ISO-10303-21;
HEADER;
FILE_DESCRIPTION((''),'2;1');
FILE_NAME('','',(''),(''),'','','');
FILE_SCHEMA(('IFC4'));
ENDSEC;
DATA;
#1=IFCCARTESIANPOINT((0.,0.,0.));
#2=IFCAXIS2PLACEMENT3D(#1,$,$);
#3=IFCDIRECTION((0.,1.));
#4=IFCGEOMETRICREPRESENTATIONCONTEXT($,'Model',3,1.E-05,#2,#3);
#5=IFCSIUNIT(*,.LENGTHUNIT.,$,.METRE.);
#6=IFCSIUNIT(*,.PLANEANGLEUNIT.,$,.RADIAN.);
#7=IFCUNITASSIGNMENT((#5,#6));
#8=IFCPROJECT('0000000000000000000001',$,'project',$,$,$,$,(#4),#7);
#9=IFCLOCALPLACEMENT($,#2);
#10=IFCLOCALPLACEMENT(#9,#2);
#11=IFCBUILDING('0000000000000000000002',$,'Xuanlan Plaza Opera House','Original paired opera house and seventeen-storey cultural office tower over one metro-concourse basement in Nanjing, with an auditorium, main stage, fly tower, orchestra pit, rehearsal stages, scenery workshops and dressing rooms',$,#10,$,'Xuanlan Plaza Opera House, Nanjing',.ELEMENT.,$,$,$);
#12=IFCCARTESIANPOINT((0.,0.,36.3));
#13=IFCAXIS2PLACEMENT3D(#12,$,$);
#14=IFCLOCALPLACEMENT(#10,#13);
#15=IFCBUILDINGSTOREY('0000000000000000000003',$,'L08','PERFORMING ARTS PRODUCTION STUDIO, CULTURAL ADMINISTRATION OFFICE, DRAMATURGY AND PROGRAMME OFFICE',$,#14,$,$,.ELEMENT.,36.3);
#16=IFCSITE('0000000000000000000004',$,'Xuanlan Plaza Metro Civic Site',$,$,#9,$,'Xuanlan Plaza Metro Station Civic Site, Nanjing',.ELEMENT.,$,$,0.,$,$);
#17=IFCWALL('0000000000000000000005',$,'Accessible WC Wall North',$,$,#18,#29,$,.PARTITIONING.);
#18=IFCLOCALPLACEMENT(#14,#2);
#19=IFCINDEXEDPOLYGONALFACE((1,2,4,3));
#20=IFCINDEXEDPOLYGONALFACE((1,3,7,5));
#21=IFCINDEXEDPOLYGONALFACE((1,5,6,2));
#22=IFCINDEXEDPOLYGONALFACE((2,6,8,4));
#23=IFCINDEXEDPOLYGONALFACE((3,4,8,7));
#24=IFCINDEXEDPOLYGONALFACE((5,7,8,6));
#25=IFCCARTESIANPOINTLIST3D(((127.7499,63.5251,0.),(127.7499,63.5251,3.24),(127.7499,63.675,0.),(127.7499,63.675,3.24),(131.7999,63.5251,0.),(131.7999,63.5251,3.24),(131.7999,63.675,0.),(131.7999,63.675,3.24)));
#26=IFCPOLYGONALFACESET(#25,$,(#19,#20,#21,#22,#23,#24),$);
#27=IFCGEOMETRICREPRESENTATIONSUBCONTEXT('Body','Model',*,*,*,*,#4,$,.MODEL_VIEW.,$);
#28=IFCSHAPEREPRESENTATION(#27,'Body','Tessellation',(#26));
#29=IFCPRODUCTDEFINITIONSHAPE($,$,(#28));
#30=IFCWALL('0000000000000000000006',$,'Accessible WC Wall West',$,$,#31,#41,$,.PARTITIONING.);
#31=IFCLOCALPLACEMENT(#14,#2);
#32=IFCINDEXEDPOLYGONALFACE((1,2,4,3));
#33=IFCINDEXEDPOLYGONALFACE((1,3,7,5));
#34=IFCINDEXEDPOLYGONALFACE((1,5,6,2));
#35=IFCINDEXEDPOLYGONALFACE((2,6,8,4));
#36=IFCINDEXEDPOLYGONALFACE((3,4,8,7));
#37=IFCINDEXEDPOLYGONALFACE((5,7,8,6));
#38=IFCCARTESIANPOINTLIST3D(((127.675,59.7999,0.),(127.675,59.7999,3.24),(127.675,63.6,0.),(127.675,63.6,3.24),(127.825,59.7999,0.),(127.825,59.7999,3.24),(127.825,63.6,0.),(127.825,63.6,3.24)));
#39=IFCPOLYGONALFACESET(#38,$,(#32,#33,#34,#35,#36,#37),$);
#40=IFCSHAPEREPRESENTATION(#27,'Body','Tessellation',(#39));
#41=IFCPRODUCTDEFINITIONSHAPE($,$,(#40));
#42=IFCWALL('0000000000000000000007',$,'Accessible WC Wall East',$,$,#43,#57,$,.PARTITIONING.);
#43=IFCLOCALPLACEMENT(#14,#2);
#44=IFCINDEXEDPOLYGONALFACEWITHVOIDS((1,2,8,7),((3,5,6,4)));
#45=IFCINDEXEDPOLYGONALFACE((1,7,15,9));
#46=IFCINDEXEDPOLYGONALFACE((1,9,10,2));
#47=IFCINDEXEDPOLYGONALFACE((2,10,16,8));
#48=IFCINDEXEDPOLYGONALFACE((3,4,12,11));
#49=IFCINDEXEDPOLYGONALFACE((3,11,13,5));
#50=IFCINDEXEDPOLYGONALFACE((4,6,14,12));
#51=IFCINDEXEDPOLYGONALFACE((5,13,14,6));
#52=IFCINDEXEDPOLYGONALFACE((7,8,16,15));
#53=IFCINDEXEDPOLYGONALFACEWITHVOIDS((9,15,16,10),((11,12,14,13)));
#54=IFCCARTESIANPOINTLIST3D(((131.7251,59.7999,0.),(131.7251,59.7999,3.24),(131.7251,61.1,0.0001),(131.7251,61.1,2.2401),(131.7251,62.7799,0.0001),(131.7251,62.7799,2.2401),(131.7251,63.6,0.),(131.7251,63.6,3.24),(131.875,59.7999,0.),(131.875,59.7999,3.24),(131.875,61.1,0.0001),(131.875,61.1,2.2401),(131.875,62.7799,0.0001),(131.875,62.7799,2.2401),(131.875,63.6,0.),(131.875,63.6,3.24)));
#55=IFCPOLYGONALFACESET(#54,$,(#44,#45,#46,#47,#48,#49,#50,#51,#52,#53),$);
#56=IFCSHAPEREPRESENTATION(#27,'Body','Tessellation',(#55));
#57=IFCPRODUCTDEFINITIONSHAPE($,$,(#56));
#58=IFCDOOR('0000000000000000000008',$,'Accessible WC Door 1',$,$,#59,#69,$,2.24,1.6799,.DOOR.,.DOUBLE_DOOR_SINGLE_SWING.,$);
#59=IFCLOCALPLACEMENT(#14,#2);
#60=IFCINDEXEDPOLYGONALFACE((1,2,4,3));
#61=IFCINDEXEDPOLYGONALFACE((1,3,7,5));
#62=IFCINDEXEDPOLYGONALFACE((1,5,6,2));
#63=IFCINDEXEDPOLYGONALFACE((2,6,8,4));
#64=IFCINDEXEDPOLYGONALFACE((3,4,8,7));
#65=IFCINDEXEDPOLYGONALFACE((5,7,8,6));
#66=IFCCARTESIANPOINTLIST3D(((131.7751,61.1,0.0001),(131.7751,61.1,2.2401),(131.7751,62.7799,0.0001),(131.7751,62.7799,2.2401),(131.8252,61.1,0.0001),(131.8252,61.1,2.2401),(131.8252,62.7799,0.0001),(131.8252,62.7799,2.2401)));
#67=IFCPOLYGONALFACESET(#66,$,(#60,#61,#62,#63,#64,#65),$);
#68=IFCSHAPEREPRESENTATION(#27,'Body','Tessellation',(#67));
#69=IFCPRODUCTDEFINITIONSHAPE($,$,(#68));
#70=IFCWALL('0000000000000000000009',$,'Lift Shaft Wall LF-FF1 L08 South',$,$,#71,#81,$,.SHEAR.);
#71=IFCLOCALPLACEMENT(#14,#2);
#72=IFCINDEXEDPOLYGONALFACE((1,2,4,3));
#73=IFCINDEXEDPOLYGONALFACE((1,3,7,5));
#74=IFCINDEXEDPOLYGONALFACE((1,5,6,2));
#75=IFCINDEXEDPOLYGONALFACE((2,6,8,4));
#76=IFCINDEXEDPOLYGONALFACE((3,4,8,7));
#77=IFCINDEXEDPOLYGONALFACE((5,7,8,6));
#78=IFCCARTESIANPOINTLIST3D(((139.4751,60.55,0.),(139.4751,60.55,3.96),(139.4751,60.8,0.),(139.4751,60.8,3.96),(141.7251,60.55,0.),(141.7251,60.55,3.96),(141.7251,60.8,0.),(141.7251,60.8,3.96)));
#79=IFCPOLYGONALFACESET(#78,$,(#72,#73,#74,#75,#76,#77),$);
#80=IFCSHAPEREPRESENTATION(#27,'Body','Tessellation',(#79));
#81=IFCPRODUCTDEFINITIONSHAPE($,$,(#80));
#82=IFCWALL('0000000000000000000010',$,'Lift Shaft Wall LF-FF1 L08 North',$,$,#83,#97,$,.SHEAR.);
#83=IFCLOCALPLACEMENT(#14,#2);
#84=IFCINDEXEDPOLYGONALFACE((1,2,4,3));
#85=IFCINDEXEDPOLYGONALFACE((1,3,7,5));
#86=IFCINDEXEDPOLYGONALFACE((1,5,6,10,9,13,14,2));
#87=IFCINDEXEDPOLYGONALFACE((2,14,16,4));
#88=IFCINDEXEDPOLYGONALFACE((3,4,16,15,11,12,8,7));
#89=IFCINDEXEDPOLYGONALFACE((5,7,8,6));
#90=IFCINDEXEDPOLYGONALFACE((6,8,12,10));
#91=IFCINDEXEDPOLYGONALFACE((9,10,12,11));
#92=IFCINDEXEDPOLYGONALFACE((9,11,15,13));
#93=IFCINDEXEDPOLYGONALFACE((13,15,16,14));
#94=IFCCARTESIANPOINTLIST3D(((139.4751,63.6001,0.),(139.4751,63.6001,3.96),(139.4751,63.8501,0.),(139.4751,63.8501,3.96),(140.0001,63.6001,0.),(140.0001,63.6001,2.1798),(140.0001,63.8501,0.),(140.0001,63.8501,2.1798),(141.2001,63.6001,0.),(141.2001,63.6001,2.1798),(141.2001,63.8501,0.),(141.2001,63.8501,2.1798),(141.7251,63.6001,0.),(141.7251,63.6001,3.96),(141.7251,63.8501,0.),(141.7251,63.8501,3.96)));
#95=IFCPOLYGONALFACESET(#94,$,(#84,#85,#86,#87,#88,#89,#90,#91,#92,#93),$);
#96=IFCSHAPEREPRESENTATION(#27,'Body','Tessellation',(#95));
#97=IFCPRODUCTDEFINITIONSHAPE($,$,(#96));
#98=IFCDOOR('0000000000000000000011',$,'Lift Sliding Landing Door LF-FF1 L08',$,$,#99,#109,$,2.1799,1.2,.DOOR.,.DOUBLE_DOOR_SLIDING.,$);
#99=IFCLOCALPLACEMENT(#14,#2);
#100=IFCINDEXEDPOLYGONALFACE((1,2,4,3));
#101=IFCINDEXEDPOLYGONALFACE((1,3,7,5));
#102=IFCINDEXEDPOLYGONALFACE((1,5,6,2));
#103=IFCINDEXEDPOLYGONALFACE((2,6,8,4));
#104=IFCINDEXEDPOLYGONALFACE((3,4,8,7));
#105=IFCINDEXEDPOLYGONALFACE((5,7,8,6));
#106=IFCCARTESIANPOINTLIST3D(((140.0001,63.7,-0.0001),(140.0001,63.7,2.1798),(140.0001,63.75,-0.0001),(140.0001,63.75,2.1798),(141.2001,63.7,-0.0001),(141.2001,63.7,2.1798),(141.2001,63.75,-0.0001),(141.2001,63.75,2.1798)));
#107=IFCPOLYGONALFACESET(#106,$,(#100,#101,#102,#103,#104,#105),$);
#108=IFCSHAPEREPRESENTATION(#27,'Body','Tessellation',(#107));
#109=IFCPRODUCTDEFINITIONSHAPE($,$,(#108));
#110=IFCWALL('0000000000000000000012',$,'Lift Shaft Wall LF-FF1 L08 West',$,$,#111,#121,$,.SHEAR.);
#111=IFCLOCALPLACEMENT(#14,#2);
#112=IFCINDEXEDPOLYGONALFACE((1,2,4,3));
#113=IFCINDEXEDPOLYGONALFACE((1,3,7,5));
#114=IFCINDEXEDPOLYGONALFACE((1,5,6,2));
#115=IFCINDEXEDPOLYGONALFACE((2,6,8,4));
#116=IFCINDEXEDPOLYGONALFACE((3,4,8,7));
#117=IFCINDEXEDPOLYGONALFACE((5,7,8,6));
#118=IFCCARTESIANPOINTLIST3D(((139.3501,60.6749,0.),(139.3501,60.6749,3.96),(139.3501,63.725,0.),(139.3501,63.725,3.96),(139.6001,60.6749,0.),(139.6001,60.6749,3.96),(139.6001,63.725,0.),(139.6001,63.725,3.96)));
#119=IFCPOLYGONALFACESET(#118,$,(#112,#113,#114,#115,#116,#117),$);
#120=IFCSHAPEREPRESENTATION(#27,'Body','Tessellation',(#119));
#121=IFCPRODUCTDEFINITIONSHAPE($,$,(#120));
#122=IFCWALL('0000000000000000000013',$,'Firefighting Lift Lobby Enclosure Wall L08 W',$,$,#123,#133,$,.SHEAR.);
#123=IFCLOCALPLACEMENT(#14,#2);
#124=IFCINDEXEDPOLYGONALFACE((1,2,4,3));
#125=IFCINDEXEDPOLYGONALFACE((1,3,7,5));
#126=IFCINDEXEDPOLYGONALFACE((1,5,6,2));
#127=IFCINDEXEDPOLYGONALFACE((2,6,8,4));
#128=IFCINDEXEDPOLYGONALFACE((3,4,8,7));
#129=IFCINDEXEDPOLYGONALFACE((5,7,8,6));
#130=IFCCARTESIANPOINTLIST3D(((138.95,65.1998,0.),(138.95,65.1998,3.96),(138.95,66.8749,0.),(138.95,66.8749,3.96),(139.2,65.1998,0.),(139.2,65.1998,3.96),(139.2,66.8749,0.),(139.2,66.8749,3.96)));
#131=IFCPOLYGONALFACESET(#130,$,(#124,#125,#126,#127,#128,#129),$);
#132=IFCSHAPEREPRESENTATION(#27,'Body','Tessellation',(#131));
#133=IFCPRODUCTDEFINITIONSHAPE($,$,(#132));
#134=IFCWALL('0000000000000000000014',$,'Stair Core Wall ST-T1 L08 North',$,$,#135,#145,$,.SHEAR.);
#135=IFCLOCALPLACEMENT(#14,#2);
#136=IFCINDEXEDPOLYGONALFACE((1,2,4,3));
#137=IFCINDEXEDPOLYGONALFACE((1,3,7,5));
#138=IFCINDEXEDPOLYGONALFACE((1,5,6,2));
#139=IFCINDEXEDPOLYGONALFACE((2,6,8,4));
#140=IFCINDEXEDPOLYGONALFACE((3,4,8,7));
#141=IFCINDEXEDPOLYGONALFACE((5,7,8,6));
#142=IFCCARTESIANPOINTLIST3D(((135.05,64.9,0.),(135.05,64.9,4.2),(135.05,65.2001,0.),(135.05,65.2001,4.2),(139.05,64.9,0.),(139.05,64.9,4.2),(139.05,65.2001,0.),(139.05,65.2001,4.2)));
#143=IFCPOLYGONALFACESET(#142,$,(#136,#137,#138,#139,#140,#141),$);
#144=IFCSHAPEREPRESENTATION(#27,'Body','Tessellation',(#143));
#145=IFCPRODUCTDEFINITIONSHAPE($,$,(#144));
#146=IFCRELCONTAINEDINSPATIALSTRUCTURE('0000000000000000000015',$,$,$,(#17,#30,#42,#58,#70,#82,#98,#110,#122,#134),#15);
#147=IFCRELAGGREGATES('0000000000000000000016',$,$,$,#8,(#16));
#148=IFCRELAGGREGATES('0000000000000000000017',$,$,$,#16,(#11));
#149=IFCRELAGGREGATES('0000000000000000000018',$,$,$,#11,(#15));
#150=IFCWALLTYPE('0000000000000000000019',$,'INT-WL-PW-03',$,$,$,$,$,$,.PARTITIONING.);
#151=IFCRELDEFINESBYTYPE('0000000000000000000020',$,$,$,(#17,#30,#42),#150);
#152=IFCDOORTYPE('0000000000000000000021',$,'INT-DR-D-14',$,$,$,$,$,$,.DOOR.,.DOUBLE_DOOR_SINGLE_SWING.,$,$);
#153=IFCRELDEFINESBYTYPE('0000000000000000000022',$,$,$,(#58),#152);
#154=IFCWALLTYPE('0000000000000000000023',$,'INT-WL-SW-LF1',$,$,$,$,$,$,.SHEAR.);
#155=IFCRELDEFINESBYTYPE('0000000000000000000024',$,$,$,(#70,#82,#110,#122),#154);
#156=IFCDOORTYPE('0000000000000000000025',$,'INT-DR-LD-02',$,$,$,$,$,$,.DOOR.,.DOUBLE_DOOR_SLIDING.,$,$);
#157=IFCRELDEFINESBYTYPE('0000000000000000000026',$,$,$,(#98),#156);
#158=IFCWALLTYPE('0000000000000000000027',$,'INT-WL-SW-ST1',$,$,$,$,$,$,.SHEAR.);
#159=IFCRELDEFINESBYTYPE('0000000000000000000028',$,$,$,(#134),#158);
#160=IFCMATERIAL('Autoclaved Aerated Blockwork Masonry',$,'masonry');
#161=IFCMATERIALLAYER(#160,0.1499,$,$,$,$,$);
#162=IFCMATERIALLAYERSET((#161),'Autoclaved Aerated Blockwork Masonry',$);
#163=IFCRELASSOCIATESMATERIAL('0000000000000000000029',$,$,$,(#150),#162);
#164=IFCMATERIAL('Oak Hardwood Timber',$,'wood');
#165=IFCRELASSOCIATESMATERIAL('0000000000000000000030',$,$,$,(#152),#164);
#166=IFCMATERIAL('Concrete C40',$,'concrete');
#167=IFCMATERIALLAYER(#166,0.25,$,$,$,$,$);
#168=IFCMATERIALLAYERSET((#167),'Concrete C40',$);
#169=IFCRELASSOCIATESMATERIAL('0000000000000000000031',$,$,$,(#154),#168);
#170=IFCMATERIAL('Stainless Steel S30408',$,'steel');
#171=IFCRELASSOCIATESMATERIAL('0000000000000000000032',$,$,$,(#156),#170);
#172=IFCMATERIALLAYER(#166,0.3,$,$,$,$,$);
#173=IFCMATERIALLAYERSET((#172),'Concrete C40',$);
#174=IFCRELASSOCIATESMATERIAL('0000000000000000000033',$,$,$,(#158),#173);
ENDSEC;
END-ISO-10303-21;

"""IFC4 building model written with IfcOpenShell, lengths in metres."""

from ifc_helpers import new_model, si_unit, direction, frame, frame_2d, origin, place, context, subcontext, project, spatial, rectangle, extrude, material, layer, layer_set, type_object, element, fill, save


model = new_model("IFC4")

# Units and contexts
model_context = context("Model", 3, precision=1e-05, world=origin(), true_north=direction((0.0, 1.0)))
body_context = subcontext(model_context, "Body", "Model", "MODEL_VIEW")
ifc_project = project(units=[si_unit("LENGTHUNIT", "METRE"), si_unit("PLANEANGLEUNIT", "RADIAN")], contexts=[model_context])

# Site, building, storey
site_placement = place(None, origin())
site = spatial("IfcSite", under=ifc_project, at=site_placement, Name="Xuanlan Plaza Metro Civic Site", LongName="Xuanlan Plaza Metro Station Civic Site, Nanjing", CompositionType="ELEMENT", RefElevation=0.0)
building_placement = place(site_placement, origin())
building = spatial("IfcBuilding", under=site, at=building_placement, Name="Xuanlan Plaza Opera House", Description="Original paired opera house and seventeen-storey cultural office tower over one metro-concourse basement in Nanjing, with an auditorium, main stage, fly tower, orchestra pit, rehearsal stages, scenery workshops and dressing rooms", LongName="Xuanlan Plaza Opera House, Nanjing", CompositionType="ELEMENT")
storey_placement = place(building_placement, frame((0.0, 0.0, 36.3)))
storey = spatial("IfcBuildingStorey", under=building, at=storey_placement, Name="L08", Description="PERFORMING ARTS PRODUCTION STUDIO, CULTURAL ADMINISTRATION OFFICE, DRAMATURGY AND PROGRAMME OFFICE", CompositionType="ELEMENT", Elevation=36.3)

# Shared definitions
ifc_material_1 = material(Name="Concrete C40", Category="concrete")

# Shared definitions
ifc_material_2 = material(Name="Autoclaved Aerated Blockwork Masonry", Category="masonry")
ifc_layer_1 = layer(ifc_material_2, 0.1499)
ifc_layer_set_1 = layer_set([ifc_layer_1], Name="Autoclaved Aerated Blockwork Masonry")
wall_type_1 = type_object("IfcWallType", Name="INT-WL-PW-03", PredefinedType="PARTITIONING", material=ifc_layer_set_1)

# Walls
wall_1_placement = place(storey_placement, frame((127.75, 63.6001, 0.0), z_axis=(0.0, 0.0, 1.0), x_axis=(1.0, 0.0, 0.0)))
element("IfcWall", 1, at=wall_1_placement, inside=storey, type_object=wall_type_1, Name="Accessible WC Wall North", PredefinedType="PARTITIONING", context=body_context, shape_type="SweptSolid", body=[
    extrude(rectangle(XDim=4.05, YDim=0.1499, at=frame_2d((2.0249, 0.0))), origin(), (0.0, 0.0, 1.0), 3.24),
])
wall_2_placement = place(storey_placement, frame((127.75, 59.8, 0.0), z_axis=(0.0, 0.0, 1.0), x_axis=(0.0, 1.0, 0.0)))
element("IfcWall", 2, at=wall_2_placement, inside=storey, type_object=wall_type_1, Name="Accessible WC Wall West", PredefinedType="PARTITIONING", context=body_context, shape_type="SweptSolid", body=[
    extrude(rectangle(XDim=3.8, YDim=0.1499, at=frame_2d((1.8999, 0.0))), origin(), (0.0, 0.0, 1.0), 3.24),
])

# Wall, opening, door
wall_3_placement = place(storey_placement, frame((131.8, 59.8, 0.0), z_axis=(0.0, 0.0, 1.0), x_axis=(0.0, 1.0, 0.0)))
wall_3 = element("IfcWall", 3, at=wall_3_placement, inside=storey, type_object=wall_type_1, Name="Accessible WC Wall East", PredefinedType="PARTITIONING", context=body_context, shape_type="SweptSolid", body=[
    extrude(rectangle(XDim=3.8, YDim=0.1499, at=frame_2d((1.8999, 0.0))), origin(), (0.0, 0.0, 1.0), 3.24),
])
opening_1_placement = place(wall_3_placement, frame((1.3, 0.0, 0.0)))
opening_1 = element("IfcOpeningElement", 4, at=opening_1_placement, cuts=wall_3, PredefinedType="OPENING", context=body_context, shape_type="SweptSolid", body=[
    extrude(rectangle(XDim=1.6799, YDim=2.24, at=frame_2d((0.8398, 1.1201))), frame((0.0, 0.085, 0.0), z_axis=(0.0, -1.0, 0.0), x_axis=(1.0, 0.0, 0.0)), (0.0, 0.0, 1.0), 0.1699),
])
ifc_material_3 = material(Name="Oak Hardwood Timber", Category="wood")
door_type_1 = type_object("IfcDoorType", Name="INT-DR-D-14", OperationType="DOUBLE_DOOR_SINGLE_SWING", PredefinedType="DOOR", material=ifc_material_3)
door_1_placement = place(opening_1_placement, origin())
door_1 = element("IfcDoor", 5, at=door_1_placement, inside=storey, type_object=door_type_1, Name="Accessible WC Door 1", OperationType="DOUBLE_DOOR_SINGLE_SWING", OverallHeight=2.24, OverallWidth=1.6799, PredefinedType="DOOR", context=body_context, shape_type="SweptSolid", body=[
    extrude(rectangle(XDim=1.6799, YDim=2.24, at=frame_2d((0.8398, 1.1201))), frame((0.0, 0.0249, 0.0), z_axis=(0.0, -1.0, 0.0), x_axis=(1.0, 0.0, 0.0)), (0.0, 0.0, 1.0), 0.05),
])
fill(opening_1, door_1)

# Wall
ifc_layer_2 = layer(ifc_material_1, 0.25)
ifc_layer_set_2 = layer_set([ifc_layer_2], Name="Concrete C40")
wall_type_2 = type_object("IfcWallType", Name="INT-WL-SW-LF1", PredefinedType="SHEAR", material=ifc_layer_set_2)
wall_4_placement = place(storey_placement, frame((139.4751, 60.675, 0.0), z_axis=(0.0, 0.0, 1.0), x_axis=(1.0, 0.0, 0.0)))
element("IfcWall", 6, at=wall_4_placement, inside=storey, type_object=wall_type_2, Name="Lift Shaft Wall LF-FF1 L08 South", PredefinedType="SHEAR", context=body_context, shape_type="SweptSolid", body=[
    extrude(rectangle(XDim=2.25, YDim=0.25, at=frame_2d((1.125, 0.0))), origin(), (0.0, 0.0, 1.0), 3.96),
])

# Wall, opening, door
wall_5_placement = place(storey_placement, frame((139.4751, 63.7251, 0.0), z_axis=(0.0, 0.0, 1.0), x_axis=(1.0, 0.0, 0.0)))
wall_5 = element("IfcWall", 7, at=wall_5_placement, inside=storey, type_object=wall_type_2, Name="Lift Shaft Wall LF-FF1 L08 North", PredefinedType="SHEAR", context=body_context, shape_type="SweptSolid", body=[
    extrude(rectangle(XDim=2.25, YDim=0.25, at=frame_2d((1.125, 0.0))), origin(), (0.0, 0.0, 1.0), 3.96),
])
opening_2_placement = place(wall_5_placement, frame((0.5249, 0.0, 0.0)))
opening_2 = element("IfcOpeningElement", 8, at=opening_2_placement, cuts=wall_5, PredefinedType="OPENING", context=body_context, shape_type="SweptSolid", body=[
    extrude(rectangle(XDim=1.2, YDim=2.1799, at=frame_2d((0.6001, 1.0898))), frame((0.0, 0.135, 0.0), z_axis=(0.0, -1.0, 0.0), x_axis=(1.0, 0.0, 0.0)), (0.0, 0.0, 1.0), 0.27),
])
ifc_material_4 = material(Name="Stainless Steel S30408", Category="steel")
door_type_2 = type_object("IfcDoorType", Name="INT-DR-LD-02", OperationType="DOUBLE_DOOR_SLIDING", PredefinedType="DOOR", material=ifc_material_4)
door_2_placement = place(opening_2_placement, origin())
door_2 = element("IfcDoor", 9, at=door_2_placement, inside=storey, type_object=door_type_2, Name="Lift Sliding Landing Door LF-FF1 L08", OperationType="DOUBLE_DOOR_SLIDING", OverallHeight=2.1799, OverallWidth=1.2, PredefinedType="DOOR", context=body_context, shape_type="SweptSolid", body=[
    extrude(rectangle(XDim=1.2, YDim=2.1799, at=frame_2d((0.6001, 1.0898))), frame((0.0, 0.0249, 0.0), z_axis=(0.0, -1.0, 0.0), x_axis=(1.0, 0.0, 0.0)), (0.0, 0.0, 1.0), 0.05),
])
fill(opening_2, door_2)

# Walls
wall_6_placement = place(storey_placement, frame((139.4751, 60.675, 0.0), z_axis=(0.0, 0.0, 1.0), x_axis=(0.0, 1.0, 0.0)))
element("IfcWall", 10, at=wall_6_placement, inside=storey, type_object=wall_type_2, Name="Lift Shaft Wall LF-FF1 L08 West", PredefinedType="SHEAR", context=body_context, shape_type="SweptSolid", body=[
    extrude(rectangle(XDim=3.05, YDim=0.25, at=frame_2d((1.5249, 0.0))), origin(), (0.0, 0.0, 1.0), 3.96),
])
wall_7_placement = place(storey_placement, frame((139.075, 65.2, 0.0), z_axis=(0.0, 0.0, 1.0), x_axis=(0.0, 1.0, 0.0)))
element("IfcWall", 11, at=wall_7_placement, inside=storey, type_object=wall_type_2, Name="Firefighting Lift Lobby Enclosure Wall L08 W", PredefinedType="SHEAR", context=body_context, shape_type="SweptSolid", body=[
    extrude(rectangle(XDim=1.675, YDim=0.25, at=frame_2d((0.8374, 0.0))), origin(), (0.0, 0.0, 1.0), 3.96),
])
ifc_layer_3 = layer(ifc_material_1, 0.3)
ifc_layer_set_3 = layer_set([ifc_layer_3], Name="Concrete C40")
wall_type_3 = type_object("IfcWallType", Name="INT-WL-SW-ST1", PredefinedType="SHEAR", material=ifc_layer_set_3)
wall_8_placement = place(storey_placement, frame((135.05, 65.05, 0.0), z_axis=(0.0, 0.0, 1.0), x_axis=(1.0, 0.0, 0.0)))
element("IfcWall", 12, at=wall_8_placement, inside=storey, type_object=wall_type_3, Name="Stair Core Wall ST-T1 L08 North", PredefinedType="SHEAR", context=body_context, shape_type="SweptSolid", body=[
    extrude(rectangle(XDim=4.0, YDim=0.3, at=frame_2d((2.0, 0.0))), origin(), (0.0, 0.0, 1.0), 4.2),
])

save(model, "model.ifc")
